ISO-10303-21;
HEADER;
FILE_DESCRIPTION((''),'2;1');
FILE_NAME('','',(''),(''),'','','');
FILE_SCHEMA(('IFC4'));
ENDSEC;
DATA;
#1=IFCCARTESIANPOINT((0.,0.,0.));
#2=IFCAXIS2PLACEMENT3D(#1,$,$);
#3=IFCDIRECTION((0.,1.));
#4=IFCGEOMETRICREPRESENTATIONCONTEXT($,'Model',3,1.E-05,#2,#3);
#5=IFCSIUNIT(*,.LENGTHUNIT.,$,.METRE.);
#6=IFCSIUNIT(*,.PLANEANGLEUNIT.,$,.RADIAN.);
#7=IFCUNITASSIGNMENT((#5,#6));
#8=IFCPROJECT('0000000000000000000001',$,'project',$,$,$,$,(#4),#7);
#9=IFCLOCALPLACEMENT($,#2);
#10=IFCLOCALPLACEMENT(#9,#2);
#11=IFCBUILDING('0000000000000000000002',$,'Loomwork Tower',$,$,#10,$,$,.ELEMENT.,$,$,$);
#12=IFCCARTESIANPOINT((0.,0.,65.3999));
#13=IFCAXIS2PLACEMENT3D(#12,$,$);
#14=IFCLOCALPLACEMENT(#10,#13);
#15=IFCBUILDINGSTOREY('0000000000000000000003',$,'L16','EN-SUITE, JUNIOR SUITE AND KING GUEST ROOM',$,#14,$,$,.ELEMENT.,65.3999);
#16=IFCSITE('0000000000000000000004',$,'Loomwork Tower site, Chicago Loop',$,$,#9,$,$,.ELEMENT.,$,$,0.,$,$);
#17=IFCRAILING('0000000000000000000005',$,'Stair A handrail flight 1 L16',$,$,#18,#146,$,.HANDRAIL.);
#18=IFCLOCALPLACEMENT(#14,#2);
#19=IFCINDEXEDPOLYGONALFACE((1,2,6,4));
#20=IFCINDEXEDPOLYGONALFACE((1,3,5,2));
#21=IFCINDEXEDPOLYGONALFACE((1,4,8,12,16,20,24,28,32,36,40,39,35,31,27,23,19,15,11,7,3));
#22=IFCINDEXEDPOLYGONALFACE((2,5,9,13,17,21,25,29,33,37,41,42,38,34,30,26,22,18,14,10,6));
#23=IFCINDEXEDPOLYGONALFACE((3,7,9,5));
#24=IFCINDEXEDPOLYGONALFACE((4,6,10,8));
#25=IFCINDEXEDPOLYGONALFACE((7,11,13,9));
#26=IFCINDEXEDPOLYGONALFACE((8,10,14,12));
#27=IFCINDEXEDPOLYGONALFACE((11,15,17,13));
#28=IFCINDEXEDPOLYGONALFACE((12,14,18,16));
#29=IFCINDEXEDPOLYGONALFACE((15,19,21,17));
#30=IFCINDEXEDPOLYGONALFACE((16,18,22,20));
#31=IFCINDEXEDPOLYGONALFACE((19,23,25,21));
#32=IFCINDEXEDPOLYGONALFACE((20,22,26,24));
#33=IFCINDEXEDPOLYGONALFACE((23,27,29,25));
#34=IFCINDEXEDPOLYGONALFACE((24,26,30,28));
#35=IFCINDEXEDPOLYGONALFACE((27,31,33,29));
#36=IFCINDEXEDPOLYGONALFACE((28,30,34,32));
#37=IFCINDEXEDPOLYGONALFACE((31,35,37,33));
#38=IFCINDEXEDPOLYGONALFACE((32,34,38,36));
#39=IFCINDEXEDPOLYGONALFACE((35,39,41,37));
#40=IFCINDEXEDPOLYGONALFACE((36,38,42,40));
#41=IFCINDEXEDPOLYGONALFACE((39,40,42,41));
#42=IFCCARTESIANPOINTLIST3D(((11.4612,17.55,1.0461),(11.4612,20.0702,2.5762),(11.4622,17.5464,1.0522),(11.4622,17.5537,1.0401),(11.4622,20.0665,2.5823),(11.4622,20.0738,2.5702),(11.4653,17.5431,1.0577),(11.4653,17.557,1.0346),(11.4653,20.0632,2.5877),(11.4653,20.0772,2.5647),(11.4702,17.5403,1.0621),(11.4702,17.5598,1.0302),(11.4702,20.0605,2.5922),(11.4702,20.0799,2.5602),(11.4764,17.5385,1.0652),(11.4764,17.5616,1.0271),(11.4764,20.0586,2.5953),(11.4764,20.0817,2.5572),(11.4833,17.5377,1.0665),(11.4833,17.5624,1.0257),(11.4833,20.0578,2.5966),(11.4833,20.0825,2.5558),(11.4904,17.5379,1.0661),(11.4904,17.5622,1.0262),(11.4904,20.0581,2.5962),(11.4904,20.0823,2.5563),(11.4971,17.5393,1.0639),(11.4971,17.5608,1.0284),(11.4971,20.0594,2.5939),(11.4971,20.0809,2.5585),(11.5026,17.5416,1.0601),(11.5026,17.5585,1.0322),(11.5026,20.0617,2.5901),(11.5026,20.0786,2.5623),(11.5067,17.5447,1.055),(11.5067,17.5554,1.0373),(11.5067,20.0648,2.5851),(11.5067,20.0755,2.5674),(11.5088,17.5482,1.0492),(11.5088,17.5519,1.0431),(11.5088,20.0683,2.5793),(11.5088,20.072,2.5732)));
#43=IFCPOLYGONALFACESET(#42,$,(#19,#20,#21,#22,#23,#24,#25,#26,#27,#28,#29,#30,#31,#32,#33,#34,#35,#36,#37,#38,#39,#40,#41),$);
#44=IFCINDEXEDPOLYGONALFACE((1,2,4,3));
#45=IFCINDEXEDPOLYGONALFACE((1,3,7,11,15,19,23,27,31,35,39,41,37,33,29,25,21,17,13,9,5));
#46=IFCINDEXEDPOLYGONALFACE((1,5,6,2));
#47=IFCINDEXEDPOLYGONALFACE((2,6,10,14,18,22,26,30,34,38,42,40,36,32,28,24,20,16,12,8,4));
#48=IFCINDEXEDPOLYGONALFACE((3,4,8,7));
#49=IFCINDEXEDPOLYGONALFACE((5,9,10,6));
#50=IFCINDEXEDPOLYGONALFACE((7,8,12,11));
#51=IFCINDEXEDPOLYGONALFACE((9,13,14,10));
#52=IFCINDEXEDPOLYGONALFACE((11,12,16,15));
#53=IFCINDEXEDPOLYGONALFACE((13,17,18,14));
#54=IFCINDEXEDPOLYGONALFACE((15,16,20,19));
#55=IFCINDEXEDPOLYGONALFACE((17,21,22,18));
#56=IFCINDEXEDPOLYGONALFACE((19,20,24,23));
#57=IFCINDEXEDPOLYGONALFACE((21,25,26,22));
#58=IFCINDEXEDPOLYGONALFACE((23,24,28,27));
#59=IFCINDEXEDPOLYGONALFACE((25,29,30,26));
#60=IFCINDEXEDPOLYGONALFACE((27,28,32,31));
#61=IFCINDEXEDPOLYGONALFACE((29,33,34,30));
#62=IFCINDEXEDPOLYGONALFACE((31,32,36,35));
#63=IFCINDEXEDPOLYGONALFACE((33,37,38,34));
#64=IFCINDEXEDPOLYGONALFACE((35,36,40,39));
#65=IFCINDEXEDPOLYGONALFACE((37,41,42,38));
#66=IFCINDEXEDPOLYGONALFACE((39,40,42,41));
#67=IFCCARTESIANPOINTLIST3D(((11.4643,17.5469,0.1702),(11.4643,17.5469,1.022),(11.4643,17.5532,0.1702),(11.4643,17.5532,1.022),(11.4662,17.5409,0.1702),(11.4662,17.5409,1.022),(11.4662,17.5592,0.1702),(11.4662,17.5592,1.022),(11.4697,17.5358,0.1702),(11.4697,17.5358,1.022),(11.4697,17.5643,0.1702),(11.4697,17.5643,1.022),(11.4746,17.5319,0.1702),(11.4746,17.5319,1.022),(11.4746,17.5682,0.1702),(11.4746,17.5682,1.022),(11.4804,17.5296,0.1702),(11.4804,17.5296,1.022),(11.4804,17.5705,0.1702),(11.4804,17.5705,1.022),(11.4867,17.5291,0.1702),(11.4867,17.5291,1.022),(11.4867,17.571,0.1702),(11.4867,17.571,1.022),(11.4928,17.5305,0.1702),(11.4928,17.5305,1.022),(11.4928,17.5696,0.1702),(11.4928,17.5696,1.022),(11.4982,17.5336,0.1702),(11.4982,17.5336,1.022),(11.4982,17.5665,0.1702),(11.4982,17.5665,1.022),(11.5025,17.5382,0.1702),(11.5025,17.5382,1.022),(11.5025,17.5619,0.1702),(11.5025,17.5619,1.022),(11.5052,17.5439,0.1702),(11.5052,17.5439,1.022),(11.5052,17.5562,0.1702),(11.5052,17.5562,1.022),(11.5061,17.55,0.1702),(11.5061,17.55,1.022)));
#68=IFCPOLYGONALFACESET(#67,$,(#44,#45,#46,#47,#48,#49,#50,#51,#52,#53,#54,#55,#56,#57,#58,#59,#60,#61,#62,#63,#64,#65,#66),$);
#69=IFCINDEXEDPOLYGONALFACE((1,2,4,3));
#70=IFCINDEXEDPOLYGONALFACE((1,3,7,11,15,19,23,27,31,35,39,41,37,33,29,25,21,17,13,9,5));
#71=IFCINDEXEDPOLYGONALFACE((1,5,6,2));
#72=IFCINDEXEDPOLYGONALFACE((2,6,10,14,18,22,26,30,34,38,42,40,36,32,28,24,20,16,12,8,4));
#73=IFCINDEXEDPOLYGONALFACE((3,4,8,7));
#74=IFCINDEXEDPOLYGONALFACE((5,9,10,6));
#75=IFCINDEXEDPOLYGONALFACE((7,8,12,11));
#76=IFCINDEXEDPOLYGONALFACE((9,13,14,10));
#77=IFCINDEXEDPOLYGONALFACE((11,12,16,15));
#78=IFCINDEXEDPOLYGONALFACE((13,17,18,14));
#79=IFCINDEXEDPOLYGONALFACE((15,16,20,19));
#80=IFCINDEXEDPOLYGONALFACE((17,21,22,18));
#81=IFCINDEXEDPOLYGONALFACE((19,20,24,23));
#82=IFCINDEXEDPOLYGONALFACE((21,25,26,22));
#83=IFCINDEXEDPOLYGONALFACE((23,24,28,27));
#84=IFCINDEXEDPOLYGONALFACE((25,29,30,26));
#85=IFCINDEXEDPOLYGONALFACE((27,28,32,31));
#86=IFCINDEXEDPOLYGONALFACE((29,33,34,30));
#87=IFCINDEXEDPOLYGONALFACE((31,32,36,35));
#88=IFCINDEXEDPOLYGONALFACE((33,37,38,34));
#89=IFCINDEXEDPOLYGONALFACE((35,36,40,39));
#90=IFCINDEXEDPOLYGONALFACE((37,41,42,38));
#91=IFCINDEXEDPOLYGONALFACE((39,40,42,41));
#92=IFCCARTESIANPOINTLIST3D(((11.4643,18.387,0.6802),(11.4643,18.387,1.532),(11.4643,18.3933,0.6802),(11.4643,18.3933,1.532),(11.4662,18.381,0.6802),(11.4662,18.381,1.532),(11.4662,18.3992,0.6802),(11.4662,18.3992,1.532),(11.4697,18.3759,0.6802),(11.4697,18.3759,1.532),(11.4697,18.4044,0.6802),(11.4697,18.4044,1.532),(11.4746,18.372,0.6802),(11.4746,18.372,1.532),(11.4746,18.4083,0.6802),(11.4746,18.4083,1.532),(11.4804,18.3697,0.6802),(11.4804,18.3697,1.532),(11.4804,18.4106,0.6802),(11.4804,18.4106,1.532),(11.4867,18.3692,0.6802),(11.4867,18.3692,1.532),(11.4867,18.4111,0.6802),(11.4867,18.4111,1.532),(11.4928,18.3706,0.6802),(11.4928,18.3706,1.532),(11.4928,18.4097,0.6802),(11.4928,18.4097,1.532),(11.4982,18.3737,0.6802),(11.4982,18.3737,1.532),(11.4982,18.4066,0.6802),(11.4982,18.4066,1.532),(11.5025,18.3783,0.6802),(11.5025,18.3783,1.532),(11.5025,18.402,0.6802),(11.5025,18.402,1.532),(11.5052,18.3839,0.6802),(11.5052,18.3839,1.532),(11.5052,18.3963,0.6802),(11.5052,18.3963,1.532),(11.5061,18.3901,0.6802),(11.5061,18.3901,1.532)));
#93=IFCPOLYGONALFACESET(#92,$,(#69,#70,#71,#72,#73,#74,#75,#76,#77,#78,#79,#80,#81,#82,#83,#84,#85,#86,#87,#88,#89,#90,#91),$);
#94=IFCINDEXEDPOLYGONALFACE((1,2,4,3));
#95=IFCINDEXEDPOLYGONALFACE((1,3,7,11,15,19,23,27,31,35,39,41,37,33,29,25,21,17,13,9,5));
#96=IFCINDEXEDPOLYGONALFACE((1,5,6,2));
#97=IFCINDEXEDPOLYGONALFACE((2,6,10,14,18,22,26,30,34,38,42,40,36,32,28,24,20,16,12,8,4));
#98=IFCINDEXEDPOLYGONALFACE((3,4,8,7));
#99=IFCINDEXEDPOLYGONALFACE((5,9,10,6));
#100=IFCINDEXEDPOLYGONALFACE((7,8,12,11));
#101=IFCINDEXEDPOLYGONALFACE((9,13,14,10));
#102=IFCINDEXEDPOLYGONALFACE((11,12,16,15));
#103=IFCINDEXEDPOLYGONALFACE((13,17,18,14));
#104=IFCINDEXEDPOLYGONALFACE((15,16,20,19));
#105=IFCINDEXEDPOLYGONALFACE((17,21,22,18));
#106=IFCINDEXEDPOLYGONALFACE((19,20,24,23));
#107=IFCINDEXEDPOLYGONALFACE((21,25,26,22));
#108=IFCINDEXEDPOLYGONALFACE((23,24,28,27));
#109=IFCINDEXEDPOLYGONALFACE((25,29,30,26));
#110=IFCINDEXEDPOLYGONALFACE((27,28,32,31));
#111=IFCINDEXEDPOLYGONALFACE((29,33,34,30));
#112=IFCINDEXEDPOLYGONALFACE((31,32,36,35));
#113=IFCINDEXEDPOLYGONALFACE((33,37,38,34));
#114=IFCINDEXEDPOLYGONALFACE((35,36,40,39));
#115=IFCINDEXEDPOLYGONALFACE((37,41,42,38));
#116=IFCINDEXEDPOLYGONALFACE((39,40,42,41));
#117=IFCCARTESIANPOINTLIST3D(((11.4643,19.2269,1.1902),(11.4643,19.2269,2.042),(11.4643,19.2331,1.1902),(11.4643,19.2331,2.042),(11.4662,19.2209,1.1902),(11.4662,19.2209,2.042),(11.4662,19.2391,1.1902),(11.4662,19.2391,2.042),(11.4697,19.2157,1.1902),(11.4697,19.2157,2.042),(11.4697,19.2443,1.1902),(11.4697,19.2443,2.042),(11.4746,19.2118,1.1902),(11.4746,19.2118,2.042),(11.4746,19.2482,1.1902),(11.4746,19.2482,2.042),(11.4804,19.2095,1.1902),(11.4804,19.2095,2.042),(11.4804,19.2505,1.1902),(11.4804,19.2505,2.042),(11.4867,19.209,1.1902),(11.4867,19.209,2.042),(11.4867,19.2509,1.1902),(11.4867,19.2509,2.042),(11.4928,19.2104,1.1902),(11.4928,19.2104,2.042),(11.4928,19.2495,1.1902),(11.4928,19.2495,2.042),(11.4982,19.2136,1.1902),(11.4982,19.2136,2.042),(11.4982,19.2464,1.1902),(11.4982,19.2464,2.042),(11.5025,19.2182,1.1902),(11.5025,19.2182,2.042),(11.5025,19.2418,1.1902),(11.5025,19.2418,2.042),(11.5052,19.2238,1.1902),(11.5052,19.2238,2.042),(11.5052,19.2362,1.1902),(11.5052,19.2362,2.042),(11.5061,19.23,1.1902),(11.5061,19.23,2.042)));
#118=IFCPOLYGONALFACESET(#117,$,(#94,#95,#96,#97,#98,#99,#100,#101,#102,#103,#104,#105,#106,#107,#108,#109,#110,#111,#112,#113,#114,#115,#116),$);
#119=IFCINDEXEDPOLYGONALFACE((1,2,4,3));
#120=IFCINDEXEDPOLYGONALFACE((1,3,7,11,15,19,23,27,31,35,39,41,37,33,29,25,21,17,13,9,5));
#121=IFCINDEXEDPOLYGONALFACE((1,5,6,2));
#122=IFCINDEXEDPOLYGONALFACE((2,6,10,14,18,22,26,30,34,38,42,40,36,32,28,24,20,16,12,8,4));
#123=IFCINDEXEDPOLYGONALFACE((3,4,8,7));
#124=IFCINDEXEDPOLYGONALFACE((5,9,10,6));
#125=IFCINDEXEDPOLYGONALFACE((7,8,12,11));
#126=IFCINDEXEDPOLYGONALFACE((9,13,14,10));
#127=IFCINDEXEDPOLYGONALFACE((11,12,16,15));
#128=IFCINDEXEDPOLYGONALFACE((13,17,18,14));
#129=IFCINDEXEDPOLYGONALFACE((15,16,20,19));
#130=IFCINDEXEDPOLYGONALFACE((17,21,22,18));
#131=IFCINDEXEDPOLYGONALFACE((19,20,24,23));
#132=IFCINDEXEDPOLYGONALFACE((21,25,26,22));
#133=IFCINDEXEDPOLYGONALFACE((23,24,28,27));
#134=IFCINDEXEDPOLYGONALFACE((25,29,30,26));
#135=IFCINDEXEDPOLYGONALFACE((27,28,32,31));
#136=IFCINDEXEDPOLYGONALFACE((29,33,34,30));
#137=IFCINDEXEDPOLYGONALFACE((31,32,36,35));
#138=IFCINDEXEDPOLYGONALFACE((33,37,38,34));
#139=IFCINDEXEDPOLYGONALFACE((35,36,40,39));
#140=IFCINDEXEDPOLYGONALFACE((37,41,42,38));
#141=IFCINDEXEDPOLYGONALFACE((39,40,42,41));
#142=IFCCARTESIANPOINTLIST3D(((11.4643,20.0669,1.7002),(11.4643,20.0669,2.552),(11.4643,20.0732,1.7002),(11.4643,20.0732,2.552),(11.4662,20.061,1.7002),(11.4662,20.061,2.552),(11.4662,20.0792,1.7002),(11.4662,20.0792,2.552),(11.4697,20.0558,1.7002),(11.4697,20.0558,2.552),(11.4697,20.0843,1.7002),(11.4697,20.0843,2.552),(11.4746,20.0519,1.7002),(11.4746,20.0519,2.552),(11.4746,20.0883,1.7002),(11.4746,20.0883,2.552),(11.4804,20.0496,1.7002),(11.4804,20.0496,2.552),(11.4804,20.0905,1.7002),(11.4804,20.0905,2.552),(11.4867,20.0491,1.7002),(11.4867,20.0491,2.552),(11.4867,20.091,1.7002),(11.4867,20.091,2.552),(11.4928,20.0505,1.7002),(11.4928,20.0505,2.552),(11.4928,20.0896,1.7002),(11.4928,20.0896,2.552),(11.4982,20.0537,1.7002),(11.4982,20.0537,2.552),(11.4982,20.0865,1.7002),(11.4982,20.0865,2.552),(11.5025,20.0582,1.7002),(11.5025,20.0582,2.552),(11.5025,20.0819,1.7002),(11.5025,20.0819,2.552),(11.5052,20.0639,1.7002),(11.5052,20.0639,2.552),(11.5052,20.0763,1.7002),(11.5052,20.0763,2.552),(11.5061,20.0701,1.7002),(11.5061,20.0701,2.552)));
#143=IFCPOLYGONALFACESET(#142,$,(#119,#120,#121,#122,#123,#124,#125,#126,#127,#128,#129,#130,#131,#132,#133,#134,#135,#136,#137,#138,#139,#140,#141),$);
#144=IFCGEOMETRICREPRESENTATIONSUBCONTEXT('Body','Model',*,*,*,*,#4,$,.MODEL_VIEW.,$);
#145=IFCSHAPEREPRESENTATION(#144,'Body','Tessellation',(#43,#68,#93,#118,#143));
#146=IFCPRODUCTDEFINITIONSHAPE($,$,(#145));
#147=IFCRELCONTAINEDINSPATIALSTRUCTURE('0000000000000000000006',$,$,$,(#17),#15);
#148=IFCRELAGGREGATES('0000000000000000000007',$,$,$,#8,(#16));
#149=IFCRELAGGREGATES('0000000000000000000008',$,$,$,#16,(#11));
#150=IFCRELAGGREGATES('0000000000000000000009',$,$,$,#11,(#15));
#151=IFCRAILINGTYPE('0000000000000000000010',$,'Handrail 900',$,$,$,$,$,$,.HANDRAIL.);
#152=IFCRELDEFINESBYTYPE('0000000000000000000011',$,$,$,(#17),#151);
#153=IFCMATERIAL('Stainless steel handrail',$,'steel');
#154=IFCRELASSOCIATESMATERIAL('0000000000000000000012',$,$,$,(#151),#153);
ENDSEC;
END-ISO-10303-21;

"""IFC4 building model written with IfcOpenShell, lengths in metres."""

from ifc_helpers import new_model, si_unit, direction, frame, origin, origin_2d, place, context, subcontext, project, spatial, circle, extrude, material, type_object, element, save


model = new_model("IFC4")

# Units and contexts
model_context = context("Model", 3, precision=1e-05, world=origin(), true_north=direction((0.0, 1.0)))
body_context = subcontext(model_context, "Body", "Model", "MODEL_VIEW")
ifc_project = project(units=[si_unit("LENGTHUNIT", "METRE"), si_unit("PLANEANGLEUNIT", "RADIAN")], contexts=[model_context])

# Site, building, storey
site_placement = place(None, origin())
site = spatial("IfcSite", under=ifc_project, at=site_placement, Name="Loomwork Tower site, Chicago Loop", CompositionType="ELEMENT", RefElevation=0.0)
building_placement = place(site_placement, origin())
building = spatial("IfcBuilding", under=site, at=building_placement, Name="Loomwork Tower", CompositionType="ELEMENT")
storey_placement = place(building_placement, frame((0.0, 0.0, 65.3999)))
storey = spatial("IfcBuildingStorey", under=building, at=storey_placement, Name="L16", Description="EN-SUITE, JUNIOR SUITE AND KING GUEST ROOM", CompositionType="ELEMENT", Elevation=65.3999)

# Railing
ifc_material_1 = material(Name="Stainless steel handrail", Category="steel")
railing_type = type_object("IfcRailingType", Name="Handrail 900", PredefinedType="HANDRAIL", material=ifc_material_1)
railing_1_placement = place(storey_placement, frame((11.4851, 17.55, 0.1702)))
element("IfcRailing", 1, at=railing_1_placement, inside=storey, type_object=railing_type, Name="Stair A handrail flight 1 L16", PredefinedType="HANDRAIL", context=body_context, shape_type="SweptSolid", body=[
    extrude(circle(Radius=0.0239, at=origin_2d()), frame((0.0, 0.0, 0.876), z_axis=(0.0, 0.854785, 0.518982), x_axis=(-1.0, 0.0, 0.0)), (0.0, 0.0, 1.0), 2.9482),
    extrude(circle(Radius=0.021, at=origin_2d()), origin(), (0.0, 0.0, 1.0), 0.8518),
    extrude(circle(Radius=0.021, at=origin_2d()), frame((0.0, 0.8401, 0.51)), (0.0, 0.0, 1.0), 0.8518),
    extrude(circle(Radius=0.021, at=origin_2d()), frame((0.0, 1.6799, 1.02)), (0.0, 0.0, 1.0), 0.8518),
    extrude(circle(Radius=0.021, at=origin_2d()), frame((0.0, 2.52, 1.53)), (0.0, 0.0, 1.0), 0.8518),
])

save(model, "model.ifc")
